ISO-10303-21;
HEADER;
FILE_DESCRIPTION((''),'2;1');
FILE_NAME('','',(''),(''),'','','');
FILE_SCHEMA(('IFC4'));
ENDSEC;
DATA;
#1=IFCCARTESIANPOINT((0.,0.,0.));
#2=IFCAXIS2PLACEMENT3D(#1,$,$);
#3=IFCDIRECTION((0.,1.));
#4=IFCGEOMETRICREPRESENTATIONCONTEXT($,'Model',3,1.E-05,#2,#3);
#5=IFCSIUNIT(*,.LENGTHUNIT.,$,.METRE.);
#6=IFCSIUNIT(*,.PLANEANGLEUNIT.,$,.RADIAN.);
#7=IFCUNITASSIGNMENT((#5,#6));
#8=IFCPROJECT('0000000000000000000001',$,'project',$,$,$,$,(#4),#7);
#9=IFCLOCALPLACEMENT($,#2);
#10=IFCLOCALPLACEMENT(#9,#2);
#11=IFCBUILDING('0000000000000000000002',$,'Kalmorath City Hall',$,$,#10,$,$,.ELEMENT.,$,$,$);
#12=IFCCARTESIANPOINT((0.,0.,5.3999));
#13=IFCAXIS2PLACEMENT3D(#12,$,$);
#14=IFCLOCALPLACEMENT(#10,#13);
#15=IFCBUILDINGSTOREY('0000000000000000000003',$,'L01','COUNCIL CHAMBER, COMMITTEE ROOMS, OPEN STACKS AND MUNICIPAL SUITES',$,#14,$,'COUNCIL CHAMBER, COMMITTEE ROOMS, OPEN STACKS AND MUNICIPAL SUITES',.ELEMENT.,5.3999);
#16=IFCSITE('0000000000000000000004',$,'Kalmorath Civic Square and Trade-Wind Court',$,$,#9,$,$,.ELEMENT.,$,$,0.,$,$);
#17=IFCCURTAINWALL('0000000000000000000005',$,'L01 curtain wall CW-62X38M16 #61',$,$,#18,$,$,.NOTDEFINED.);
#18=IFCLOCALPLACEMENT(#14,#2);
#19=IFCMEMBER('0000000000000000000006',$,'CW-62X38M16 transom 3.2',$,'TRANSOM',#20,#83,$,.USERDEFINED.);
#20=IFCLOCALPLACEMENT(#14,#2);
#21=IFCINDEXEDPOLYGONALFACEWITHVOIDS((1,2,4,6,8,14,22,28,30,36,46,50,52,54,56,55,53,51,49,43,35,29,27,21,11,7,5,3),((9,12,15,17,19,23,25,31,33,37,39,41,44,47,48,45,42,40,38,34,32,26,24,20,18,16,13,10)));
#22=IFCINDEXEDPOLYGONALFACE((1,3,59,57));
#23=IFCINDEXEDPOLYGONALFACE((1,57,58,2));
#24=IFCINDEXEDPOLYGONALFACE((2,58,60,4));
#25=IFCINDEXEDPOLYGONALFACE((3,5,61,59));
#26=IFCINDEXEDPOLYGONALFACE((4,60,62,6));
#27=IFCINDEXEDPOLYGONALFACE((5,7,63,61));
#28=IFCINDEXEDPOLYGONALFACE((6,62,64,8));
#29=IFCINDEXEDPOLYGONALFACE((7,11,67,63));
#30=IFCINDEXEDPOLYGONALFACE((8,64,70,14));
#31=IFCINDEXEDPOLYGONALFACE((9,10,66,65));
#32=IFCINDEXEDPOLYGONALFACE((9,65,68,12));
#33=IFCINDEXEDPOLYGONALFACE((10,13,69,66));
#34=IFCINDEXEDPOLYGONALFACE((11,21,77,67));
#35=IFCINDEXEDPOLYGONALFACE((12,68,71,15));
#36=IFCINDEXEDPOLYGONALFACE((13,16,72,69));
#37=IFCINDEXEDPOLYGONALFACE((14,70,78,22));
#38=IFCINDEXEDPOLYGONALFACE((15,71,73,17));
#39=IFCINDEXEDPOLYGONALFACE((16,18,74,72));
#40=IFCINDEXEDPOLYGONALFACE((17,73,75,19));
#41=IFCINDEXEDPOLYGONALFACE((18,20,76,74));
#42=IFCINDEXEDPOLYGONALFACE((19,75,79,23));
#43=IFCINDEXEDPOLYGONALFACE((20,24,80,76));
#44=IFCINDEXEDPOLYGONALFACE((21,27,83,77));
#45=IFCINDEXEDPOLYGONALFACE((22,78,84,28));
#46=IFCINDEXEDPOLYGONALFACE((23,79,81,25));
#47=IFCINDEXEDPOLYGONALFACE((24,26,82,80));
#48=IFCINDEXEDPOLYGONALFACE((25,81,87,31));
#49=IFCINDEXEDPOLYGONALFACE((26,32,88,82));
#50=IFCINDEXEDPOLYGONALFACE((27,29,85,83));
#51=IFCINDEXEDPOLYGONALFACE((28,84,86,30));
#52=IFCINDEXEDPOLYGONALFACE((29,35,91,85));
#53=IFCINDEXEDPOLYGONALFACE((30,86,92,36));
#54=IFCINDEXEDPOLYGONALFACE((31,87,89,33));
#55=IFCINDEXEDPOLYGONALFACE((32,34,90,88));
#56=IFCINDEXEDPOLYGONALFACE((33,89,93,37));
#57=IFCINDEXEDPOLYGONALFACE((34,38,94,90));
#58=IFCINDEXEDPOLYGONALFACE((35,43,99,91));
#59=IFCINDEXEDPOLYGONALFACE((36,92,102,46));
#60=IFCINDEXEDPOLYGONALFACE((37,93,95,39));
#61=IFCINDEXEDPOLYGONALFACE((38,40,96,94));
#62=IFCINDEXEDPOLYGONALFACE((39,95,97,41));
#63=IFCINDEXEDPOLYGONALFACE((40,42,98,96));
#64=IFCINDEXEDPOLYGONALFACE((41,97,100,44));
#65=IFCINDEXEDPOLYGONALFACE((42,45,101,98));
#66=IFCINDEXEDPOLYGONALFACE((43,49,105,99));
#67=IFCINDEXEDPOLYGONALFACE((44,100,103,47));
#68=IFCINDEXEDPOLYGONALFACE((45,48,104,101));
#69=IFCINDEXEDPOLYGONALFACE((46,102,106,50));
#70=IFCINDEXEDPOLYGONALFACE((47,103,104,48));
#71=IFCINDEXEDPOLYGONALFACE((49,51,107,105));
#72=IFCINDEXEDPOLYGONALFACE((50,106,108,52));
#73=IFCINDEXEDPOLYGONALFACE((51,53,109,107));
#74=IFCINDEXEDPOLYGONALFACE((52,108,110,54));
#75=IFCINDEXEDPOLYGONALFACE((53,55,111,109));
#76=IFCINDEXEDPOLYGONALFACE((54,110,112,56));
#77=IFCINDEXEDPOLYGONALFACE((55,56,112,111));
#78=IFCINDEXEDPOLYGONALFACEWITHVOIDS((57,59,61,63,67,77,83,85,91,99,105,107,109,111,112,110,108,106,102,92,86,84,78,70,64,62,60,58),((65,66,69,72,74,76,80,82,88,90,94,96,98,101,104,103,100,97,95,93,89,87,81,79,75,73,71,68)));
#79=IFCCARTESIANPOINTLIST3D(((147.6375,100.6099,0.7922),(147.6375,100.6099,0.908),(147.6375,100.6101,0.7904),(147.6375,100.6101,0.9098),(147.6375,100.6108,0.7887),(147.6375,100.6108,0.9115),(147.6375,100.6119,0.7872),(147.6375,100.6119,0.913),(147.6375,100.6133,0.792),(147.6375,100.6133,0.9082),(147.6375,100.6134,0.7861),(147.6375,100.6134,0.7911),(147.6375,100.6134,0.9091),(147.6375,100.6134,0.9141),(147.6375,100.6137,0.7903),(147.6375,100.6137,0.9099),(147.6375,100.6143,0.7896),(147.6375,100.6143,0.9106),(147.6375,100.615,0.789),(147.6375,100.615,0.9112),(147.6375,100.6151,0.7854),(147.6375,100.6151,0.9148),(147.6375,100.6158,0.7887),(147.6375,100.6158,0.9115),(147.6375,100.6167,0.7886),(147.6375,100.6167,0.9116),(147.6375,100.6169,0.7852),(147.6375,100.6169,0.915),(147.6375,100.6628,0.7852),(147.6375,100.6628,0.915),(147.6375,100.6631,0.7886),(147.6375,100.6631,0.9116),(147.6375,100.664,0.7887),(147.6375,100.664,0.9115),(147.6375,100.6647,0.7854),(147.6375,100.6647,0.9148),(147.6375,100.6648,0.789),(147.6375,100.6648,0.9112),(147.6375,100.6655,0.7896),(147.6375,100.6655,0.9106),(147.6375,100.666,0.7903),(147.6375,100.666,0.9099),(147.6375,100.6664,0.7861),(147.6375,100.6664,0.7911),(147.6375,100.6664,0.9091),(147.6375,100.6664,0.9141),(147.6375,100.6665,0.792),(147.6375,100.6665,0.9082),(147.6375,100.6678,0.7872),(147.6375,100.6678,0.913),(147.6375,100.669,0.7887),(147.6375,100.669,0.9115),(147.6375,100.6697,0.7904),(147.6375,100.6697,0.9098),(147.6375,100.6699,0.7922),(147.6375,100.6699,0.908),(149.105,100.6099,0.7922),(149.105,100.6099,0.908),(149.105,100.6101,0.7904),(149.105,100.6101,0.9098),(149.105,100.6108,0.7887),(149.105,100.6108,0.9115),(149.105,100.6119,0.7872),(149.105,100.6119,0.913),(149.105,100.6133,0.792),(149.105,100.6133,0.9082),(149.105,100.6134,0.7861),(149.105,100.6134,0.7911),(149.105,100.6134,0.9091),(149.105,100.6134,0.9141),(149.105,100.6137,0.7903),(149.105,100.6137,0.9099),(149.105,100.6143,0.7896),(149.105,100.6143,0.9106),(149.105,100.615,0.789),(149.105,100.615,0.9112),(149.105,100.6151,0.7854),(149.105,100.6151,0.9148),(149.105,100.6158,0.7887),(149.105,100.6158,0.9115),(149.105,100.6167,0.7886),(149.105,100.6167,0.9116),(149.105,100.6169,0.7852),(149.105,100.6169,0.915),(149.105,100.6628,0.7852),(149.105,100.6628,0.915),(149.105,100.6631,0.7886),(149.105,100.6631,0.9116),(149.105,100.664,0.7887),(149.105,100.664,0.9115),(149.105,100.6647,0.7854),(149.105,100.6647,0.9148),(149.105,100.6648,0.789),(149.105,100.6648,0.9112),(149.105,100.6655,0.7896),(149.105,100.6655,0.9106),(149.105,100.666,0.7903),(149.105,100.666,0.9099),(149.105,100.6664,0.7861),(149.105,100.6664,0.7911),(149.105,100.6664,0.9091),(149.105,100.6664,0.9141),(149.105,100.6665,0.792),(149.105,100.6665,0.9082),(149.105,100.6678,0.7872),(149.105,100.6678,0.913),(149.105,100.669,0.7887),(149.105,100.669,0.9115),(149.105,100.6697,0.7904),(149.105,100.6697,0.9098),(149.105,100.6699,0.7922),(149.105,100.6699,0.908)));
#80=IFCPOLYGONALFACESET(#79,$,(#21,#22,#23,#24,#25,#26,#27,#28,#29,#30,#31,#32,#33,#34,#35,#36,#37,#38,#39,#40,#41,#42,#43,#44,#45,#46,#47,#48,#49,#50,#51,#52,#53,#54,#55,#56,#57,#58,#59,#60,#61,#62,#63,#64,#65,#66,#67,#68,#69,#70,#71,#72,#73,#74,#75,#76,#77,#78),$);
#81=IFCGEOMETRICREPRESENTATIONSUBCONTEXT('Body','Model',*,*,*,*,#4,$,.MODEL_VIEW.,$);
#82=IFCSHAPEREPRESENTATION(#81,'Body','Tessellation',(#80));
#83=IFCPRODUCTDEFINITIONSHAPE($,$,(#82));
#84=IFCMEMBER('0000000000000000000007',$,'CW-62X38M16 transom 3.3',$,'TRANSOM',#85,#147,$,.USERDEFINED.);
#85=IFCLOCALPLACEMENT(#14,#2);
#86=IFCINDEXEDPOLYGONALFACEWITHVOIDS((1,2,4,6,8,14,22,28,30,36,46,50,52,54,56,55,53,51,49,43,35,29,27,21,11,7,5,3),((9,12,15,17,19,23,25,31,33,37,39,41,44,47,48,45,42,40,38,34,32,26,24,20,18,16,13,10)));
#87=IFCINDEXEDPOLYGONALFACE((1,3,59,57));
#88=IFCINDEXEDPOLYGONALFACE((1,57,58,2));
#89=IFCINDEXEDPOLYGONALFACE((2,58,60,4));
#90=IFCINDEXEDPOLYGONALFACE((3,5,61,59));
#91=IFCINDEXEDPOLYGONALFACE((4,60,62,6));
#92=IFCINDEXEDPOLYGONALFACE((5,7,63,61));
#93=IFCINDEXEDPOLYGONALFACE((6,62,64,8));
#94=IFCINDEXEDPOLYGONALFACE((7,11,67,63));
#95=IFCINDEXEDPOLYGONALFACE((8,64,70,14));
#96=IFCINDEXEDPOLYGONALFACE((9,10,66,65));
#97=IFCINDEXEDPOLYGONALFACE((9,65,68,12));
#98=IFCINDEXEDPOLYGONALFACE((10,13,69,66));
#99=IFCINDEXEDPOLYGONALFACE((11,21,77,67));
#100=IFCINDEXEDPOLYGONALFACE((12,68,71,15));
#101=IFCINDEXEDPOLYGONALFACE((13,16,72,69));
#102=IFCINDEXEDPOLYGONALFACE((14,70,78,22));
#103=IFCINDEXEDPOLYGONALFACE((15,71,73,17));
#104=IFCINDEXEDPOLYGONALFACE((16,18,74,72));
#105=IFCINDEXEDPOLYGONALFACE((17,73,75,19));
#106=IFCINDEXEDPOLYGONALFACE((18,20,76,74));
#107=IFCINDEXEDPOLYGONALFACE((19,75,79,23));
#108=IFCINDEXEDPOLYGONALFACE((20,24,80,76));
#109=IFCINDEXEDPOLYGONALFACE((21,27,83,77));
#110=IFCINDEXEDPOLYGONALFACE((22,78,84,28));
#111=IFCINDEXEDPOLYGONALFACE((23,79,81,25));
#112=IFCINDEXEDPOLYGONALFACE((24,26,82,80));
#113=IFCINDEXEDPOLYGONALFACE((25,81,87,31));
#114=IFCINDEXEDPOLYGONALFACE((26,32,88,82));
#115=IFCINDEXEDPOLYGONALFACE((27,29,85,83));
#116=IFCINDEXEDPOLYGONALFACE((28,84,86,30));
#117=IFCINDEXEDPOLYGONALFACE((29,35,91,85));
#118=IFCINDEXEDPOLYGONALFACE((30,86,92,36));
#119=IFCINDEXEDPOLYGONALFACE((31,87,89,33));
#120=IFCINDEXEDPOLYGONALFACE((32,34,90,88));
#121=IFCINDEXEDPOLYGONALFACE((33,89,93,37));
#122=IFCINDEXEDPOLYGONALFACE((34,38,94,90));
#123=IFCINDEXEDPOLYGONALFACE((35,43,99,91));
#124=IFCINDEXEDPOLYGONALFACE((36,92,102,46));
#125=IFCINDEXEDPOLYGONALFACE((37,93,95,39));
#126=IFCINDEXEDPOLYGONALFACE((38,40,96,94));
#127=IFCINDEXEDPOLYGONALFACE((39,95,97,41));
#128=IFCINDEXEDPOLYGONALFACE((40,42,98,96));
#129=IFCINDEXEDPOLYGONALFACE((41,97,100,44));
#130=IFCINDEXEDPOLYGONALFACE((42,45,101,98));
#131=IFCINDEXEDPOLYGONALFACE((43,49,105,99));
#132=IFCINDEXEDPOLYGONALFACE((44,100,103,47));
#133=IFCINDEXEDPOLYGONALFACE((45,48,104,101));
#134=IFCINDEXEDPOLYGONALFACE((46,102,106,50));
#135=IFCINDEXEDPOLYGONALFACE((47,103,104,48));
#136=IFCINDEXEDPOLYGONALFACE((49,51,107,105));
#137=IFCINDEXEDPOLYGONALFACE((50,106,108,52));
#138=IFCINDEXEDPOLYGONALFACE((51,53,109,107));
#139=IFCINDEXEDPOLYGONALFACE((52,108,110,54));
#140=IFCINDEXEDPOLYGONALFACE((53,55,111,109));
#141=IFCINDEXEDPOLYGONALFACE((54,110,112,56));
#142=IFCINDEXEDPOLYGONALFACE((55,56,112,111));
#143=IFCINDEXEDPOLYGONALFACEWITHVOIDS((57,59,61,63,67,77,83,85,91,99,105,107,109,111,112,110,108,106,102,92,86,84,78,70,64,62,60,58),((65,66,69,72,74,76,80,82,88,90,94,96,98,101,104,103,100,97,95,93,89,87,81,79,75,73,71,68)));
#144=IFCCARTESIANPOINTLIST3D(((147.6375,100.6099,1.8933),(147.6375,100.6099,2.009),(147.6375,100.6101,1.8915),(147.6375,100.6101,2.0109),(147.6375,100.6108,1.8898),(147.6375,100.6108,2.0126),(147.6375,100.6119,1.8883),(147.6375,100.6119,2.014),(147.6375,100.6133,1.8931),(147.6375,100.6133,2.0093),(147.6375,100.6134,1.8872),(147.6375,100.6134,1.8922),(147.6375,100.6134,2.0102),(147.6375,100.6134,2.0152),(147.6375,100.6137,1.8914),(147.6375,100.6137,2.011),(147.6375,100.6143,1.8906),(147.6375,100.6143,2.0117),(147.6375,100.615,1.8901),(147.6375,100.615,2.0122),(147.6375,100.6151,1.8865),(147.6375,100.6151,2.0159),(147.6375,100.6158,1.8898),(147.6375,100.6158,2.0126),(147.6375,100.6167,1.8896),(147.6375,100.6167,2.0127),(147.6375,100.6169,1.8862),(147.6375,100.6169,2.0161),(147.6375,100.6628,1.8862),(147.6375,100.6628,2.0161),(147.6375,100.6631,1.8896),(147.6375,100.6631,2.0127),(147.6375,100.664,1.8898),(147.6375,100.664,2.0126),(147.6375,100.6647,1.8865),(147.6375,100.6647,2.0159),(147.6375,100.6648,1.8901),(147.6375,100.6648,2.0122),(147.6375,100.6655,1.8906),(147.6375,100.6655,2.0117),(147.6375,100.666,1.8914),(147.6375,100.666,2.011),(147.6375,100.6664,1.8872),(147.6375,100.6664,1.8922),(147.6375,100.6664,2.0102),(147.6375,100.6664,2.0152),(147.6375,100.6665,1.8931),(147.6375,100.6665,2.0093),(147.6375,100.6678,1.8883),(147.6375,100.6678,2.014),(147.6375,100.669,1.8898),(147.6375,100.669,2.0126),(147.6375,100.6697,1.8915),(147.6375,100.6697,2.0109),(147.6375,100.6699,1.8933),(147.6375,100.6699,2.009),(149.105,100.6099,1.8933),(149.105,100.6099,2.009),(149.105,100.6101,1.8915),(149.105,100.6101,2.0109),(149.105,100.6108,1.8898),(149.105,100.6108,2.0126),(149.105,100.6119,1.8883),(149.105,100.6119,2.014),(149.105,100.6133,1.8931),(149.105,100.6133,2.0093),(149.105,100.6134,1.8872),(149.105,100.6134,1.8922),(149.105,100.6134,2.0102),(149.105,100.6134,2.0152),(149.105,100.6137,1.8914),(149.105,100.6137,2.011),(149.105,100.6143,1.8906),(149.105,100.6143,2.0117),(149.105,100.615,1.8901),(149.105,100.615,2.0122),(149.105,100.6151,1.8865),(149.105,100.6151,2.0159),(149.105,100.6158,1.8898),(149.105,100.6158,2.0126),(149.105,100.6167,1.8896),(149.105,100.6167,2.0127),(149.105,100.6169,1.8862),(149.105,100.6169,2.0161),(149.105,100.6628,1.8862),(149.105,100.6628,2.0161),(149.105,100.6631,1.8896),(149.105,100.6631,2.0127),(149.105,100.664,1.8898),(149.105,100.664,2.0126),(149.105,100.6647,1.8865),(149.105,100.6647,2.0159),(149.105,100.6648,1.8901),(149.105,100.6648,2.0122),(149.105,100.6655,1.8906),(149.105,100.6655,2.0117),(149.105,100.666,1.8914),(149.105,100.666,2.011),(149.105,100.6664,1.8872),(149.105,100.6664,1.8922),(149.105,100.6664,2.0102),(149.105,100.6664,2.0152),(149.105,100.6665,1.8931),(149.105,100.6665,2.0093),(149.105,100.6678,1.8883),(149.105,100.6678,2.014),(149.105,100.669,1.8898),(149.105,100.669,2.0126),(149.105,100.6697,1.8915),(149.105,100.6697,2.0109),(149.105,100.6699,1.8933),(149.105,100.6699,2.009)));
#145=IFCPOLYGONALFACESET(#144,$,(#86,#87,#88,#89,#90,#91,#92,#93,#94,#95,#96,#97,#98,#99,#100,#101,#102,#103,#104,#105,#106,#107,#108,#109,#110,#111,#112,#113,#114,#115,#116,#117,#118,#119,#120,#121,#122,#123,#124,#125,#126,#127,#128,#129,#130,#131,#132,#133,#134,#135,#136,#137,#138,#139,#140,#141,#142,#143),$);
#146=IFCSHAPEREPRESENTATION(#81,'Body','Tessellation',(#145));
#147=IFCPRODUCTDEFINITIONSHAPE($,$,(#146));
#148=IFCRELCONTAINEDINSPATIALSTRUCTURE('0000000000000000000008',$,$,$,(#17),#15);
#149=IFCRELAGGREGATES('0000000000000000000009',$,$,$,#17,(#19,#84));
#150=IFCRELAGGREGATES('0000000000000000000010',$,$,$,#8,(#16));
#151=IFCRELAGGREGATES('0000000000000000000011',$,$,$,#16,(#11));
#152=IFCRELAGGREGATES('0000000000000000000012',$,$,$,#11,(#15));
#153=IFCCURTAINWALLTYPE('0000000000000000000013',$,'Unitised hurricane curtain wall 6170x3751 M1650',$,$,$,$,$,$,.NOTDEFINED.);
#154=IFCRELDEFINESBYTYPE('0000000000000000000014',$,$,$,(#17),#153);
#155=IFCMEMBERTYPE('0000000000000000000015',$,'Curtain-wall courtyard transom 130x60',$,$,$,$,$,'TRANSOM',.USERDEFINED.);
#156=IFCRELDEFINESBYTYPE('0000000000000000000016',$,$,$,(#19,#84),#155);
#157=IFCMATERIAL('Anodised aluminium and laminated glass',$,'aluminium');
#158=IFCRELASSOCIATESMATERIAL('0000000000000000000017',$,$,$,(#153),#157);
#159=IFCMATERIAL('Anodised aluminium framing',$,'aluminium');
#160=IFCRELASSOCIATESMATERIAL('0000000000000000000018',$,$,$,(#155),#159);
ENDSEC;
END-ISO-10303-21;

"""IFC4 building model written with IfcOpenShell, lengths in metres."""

from ifc_helpers import new_model, si_unit, direction, frame, origin, origin_2d, place, context, subcontext, project, spatial, hollow_rectangle, extrude, material, material_profile, profile_set, type_object, element, aggregate, save


model = new_model("IFC4")

# Units and contexts
model_context = context("Model", 3, precision=1e-05, world=origin(), true_north=direction((0.0, 1.0)))
body_context = subcontext(model_context, "Body", "Model", "MODEL_VIEW")
ifc_project = project(units=[si_unit("LENGTHUNIT", "METRE"), si_unit("PLANEANGLEUNIT", "RADIAN")], contexts=[model_context])

# Site, building, storey
site_placement = place(None, origin())
site = spatial("IfcSite", under=ifc_project, at=site_placement, Name="Kalmorath Civic Square and Trade-Wind Court", CompositionType="ELEMENT", RefElevation=0.0)
building_placement = place(site_placement, origin())
building = spatial("IfcBuilding", under=site, at=building_placement, Name="Kalmorath City Hall", CompositionType="ELEMENT")
storey_placement = place(building_placement, frame((0.0, 0.0, 5.3999)))
storey = spatial("IfcBuildingStorey", under=building, at=storey_placement, Name="L01", Description="COUNCIL CHAMBER, COMMITTEE ROOMS, OPEN STACKS AND MUNICIPAL SUITES", LongName="COUNCIL CHAMBER, COMMITTEE ROOMS, OPEN STACKS AND MUNICIPAL SUITES", CompositionType="ELEMENT", Elevation=5.3999)

# Curtain wall, members
ifc_material_1 = material(Name="Anodised aluminium and laminated glass", Category="aluminium")
curtain_wall_type = type_object("IfcCurtainWallType", Name="Unitised hurricane curtain wall 6170x3751 M1650", PredefinedType="NOTDEFINED", material=ifc_material_1)
curtain_wall_placement = place(storey_placement, origin())
curtain_wall = element("IfcCurtainWall", 1, at=curtain_wall_placement, inside=storey, type_object=curtain_wall_type, Name="L01 curtain wall CW-62X38M16 #61", PredefinedType="NOTDEFINED")
ifc_material_2 = material(Name="Anodised aluminium framing", Category="aluminium")
ifc_material_profile_1 = material_profile(ifc_material_2, hollow_rectangle(XDim=0.0601, YDim=0.1299, WallThickness=0.0034, InnerFilletRadius=0.0034, OuterFilletRadius=0.0071, at=origin_2d()), Name="ALU-TRN-130X60X3.5")
ifc_profile_set_1 = profile_set([ifc_material_profile_1], Name="Anodised aluminium framing")
member_type_1 = type_object("IfcMemberType", Name="Curtain-wall courtyard transom 130x60", ElementType="TRANSOM", PredefinedType="USERDEFINED", material=ifc_profile_set_1)
member_1_placement = place(storey_placement, frame((147.6375, 100.6399, 0.8501), z_axis=(1.0, 0.0, 0.0), x_axis=(0.0, 1.0, 0.0)))
member_1 = element("IfcMember", 2, at=member_1_placement, type_object=member_type_1, Name="CW-62X38M16 transom 3.2", ObjectType="TRANSOM", PredefinedType="USERDEFINED", context=body_context, shape_type="SweptSolid", body=[
    extrude(hollow_rectangle(XDim=0.0601, YDim=0.1299, WallThickness=0.0034, InnerFilletRadius=0.0034, OuterFilletRadius=0.0071, at=origin_2d()), origin(), (0.0, 0.0, 1.0), 1.4675),
])
member_2_placement = place(storey_placement, frame((147.6375, 100.6399, 1.9512), z_axis=(1.0, 0.0, 0.0), x_axis=(0.0, 1.0, 0.0)))
member_2 = element("IfcMember", 3, at=member_2_placement, type_object=member_type_1, Name="CW-62X38M16 transom 3.3", ObjectType="TRANSOM", PredefinedType="USERDEFINED", context=body_context, shape_type="SweptSolid", body=[
    extrude(hollow_rectangle(XDim=0.0601, YDim=0.1299, WallThickness=0.0034, InnerFilletRadius=0.0034, OuterFilletRadius=0.0071, at=origin_2d()), origin(), (0.0, 0.0, 1.0), 1.4675),
])
aggregate(curtain_wall, [member_1, member_2])

save(model, "model.ifc")
